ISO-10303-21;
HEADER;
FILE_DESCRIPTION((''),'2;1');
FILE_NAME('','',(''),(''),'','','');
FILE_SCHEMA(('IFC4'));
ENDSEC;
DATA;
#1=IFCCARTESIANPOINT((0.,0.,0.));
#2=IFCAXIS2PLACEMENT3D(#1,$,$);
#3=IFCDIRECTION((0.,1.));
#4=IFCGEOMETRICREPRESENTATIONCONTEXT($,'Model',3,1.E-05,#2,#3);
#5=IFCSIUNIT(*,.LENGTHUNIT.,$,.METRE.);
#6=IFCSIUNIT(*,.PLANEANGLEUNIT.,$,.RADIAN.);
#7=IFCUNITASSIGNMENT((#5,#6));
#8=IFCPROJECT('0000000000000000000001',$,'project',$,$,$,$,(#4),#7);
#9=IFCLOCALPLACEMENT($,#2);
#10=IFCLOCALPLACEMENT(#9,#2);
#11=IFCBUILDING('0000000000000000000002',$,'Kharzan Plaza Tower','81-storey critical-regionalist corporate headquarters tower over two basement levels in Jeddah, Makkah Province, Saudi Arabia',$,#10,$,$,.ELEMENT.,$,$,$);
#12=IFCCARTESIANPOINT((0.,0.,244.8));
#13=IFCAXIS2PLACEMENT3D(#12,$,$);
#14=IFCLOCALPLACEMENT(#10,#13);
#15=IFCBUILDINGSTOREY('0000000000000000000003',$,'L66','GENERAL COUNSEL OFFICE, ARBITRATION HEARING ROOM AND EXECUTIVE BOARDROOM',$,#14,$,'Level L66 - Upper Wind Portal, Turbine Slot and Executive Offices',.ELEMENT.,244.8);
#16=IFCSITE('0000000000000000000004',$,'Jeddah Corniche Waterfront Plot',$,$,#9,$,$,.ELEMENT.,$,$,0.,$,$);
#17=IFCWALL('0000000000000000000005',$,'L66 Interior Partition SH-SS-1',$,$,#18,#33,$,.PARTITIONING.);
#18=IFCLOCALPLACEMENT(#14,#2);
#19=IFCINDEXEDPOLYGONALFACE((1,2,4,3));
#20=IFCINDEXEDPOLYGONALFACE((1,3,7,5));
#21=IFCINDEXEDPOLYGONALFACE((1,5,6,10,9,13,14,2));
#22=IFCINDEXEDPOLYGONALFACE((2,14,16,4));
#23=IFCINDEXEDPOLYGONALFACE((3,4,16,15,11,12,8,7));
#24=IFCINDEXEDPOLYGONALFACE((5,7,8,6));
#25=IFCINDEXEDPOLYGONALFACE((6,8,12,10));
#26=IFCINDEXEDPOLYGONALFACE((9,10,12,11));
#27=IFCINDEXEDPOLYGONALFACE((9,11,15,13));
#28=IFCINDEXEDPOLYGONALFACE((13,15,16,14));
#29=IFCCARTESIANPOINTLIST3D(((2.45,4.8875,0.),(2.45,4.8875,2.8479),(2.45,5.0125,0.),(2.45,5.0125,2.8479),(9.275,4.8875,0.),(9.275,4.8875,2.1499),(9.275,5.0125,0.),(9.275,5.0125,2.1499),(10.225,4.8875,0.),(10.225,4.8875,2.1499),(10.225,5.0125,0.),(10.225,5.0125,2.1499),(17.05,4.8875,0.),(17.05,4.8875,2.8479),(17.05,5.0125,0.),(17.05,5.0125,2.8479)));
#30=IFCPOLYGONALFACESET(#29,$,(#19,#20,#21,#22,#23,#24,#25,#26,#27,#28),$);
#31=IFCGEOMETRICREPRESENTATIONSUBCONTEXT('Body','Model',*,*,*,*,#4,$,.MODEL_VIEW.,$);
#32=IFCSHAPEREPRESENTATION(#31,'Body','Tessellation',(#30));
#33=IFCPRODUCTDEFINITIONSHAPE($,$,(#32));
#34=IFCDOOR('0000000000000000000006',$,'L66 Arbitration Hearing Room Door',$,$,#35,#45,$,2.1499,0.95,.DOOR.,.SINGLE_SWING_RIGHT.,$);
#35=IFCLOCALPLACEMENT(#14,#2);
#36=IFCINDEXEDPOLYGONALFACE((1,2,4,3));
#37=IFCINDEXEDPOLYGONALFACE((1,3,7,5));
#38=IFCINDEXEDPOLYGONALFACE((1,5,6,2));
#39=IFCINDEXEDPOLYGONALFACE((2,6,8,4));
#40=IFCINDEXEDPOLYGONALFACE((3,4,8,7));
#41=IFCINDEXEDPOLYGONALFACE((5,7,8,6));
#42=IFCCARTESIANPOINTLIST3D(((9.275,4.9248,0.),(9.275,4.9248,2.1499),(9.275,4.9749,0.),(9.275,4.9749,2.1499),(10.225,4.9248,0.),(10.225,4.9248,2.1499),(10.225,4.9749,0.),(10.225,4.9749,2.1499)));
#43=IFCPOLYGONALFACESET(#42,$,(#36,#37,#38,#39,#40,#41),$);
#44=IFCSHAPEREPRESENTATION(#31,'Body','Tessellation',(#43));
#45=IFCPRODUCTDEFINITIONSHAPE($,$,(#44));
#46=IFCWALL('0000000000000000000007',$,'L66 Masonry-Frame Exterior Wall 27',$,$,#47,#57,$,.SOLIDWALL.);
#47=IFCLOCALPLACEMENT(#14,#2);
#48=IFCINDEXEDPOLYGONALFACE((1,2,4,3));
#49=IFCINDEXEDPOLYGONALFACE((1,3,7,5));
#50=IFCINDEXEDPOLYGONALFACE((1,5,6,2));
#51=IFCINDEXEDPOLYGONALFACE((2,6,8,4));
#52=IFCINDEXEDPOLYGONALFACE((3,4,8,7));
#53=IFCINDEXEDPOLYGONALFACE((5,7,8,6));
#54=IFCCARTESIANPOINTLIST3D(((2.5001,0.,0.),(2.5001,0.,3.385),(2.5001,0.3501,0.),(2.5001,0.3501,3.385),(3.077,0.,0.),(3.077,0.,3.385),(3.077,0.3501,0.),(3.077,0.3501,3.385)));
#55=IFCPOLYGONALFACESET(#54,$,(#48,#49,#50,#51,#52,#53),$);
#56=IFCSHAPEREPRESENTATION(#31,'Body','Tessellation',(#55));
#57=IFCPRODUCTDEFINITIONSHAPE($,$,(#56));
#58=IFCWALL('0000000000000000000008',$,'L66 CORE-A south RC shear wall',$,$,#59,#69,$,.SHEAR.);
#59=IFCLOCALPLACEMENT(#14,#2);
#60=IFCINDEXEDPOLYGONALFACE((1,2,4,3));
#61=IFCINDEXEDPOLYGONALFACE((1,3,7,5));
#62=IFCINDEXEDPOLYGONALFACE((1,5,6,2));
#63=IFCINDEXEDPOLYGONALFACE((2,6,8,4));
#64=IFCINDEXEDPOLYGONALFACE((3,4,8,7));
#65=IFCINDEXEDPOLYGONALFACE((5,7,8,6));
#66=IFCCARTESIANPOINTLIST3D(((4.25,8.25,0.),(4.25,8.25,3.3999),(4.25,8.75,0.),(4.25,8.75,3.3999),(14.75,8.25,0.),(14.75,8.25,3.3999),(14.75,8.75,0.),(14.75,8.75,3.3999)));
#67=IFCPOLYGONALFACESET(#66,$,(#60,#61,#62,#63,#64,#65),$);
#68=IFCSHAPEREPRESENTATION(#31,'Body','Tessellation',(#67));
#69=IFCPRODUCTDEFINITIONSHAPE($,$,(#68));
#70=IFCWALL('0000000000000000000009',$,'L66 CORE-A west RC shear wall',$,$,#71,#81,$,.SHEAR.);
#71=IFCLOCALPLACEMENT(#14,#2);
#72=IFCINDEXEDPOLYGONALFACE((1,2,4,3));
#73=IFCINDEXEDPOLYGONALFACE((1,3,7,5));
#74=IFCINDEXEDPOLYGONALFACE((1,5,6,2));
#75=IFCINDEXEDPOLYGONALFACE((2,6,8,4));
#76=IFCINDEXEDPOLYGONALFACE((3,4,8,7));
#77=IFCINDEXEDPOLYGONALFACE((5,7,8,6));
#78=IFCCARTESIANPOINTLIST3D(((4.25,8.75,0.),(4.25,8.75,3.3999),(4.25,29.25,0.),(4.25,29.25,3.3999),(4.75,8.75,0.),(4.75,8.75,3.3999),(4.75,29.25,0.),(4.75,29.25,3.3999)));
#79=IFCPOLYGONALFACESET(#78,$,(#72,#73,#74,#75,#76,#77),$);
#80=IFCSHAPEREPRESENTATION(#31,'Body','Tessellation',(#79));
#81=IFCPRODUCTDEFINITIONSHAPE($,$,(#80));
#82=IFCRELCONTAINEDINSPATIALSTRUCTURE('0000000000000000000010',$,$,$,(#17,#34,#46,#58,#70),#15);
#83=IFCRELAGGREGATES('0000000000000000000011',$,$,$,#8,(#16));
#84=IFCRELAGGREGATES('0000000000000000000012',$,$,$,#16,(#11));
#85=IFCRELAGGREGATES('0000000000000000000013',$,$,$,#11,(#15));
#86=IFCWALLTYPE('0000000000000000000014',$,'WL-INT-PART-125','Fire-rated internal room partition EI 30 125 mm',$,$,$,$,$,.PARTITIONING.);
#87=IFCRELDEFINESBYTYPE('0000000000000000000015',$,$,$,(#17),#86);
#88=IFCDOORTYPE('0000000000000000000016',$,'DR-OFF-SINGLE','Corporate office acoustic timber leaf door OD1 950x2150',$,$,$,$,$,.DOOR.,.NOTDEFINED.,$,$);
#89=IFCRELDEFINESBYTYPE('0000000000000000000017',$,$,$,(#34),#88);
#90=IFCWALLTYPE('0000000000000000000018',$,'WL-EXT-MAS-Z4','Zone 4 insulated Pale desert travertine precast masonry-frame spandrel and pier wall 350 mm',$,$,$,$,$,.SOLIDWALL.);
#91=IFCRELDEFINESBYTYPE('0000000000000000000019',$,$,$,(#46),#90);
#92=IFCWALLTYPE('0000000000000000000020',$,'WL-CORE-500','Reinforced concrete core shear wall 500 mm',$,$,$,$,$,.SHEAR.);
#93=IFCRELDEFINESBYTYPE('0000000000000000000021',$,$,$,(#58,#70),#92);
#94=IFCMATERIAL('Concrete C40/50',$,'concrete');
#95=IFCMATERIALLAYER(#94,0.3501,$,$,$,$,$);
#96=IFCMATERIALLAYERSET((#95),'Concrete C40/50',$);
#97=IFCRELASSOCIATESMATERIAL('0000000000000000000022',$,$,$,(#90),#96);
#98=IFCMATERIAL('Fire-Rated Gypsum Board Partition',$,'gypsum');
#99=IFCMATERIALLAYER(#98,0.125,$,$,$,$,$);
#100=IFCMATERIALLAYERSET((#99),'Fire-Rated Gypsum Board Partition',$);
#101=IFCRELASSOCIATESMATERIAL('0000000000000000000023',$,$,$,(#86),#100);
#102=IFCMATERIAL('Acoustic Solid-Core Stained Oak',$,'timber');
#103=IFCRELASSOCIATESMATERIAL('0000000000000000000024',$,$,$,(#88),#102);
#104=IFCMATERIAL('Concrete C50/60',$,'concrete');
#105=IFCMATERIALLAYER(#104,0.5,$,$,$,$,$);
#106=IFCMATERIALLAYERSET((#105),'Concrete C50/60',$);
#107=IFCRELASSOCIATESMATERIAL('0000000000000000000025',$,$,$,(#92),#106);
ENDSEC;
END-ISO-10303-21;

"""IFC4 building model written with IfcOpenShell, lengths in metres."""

from ifc_helpers import new_model, si_unit, direction, frame, frame_2d, origin, place, context, subcontext, project, spatial, rectangle, extrude, source, transform, mapped, material, layer, layer_set, type_object, element, fill, save


model = new_model("IFC4")

# Units and contexts
model_context = context("Model", 3, precision=1e-05, world=origin(), true_north=direction((0.0, 1.0)))
body_context = subcontext(model_context, "Body", "Model", "MODEL_VIEW")
ifc_project = project(units=[si_unit("LENGTHUNIT", "METRE"), si_unit("PLANEANGLEUNIT", "RADIAN")], contexts=[model_context])

# Site, building, storey
site_placement = place(None, origin())
site = spatial("IfcSite", under=ifc_project, at=site_placement, Name="Jeddah Corniche Waterfront Plot", CompositionType="ELEMENT", RefElevation=0.0)
building_placement = place(site_placement, origin())
building = spatial("IfcBuilding", under=site, at=building_placement, Name="Kharzan Plaza Tower", Description="81-storey critical-regionalist corporate headquarters tower over two basement levels in Jeddah, Makkah Province, Saudi Arabia", CompositionType="ELEMENT")
storey_placement = place(building_placement, frame((0.0, 0.0, 244.8)))
storey = spatial("IfcBuildingStorey", under=building, at=storey_placement, Name="L66", Description="GENERAL COUNSEL OFFICE, ARBITRATION HEARING ROOM AND EXECUTIVE BOARDROOM", LongName="Level L66 - Upper Wind Portal, Turbine Slot and Executive Offices", CompositionType="ELEMENT", Elevation=244.8)

# Shared definitions
ifc_material_1 = material(Name="Concrete C50/60", Category="concrete")

# Shared definitions
ifc_material_2 = material(Name="Concrete C40/50", Category="concrete")
ifc_layer_1 = layer(ifc_material_2, 0.3501)
ifc_layer_set_1 = layer_set([ifc_layer_1], Name="Concrete C40/50")
wall_type_1 = type_object("IfcWallType", Name="WL-EXT-MAS-Z4", Description="Zone 4 insulated Pale desert travertine precast masonry-frame spandrel and pier wall 350 mm", PredefinedType="SOLIDWALL", material=ifc_layer_set_1)

# Wall, opening, door
ifc_material_3 = material(Name="Fire-Rated Gypsum Board Partition", Category="gypsum")
ifc_layer_2 = layer(ifc_material_3, 0.125)
ifc_layer_set_2 = layer_set([ifc_layer_2], Name="Fire-Rated Gypsum Board Partition")
wall_type_2 = type_object("IfcWallType", Name="WL-INT-PART-125", Description="Fire-rated internal room partition EI 30 125 mm", PredefinedType="PARTITIONING", material=ifc_layer_set_2)
ifc_material_4 = material(Name="Acoustic Solid-Core Stained Oak", Category="timber")
door_type = type_object("IfcDoorType", Name="DR-OFF-SINGLE", Description="Corporate office acoustic timber leaf door OD1 950x2150", OperationType="NOTDEFINED", PredefinedType="DOOR", material=ifc_material_4)
shared_shape_1 = source(origin(), body_context, "Body", "SweptSolid", [
    extrude(rectangle(XDim=0.95, YDim=2.1499, at=frame_2d((0.4751, 1.075))), frame((0.0, 0.0249, 0.0), z_axis=(0.0, -1.0, 0.0), x_axis=(1.0, 0.0, 0.0)), (0.0, 0.0, 1.0), 0.05),
])
wall_1_placement = place(storey_placement, frame((2.45, 4.95, 0.0), z_axis=(0.0, 0.0, 1.0), x_axis=(1.0, 0.0, 0.0)))
wall_1 = element("IfcWall", 1, at=wall_1_placement, inside=storey, type_object=wall_type_2, Name="L66 Interior Partition SH-SS-1", PredefinedType="PARTITIONING", context=body_context, shape_type="SweptSolid", body=[
    extrude(rectangle(XDim=14.6001, YDim=0.125, at=frame_2d((7.3, 0.0))), origin(), (0.0, 0.0, 1.0), 2.8479),
])
opening_1_placement = place(wall_1_placement, frame((6.825, 0.0, 0.0)))
opening_1 = element("IfcOpeningElement", 2, at=opening_1_placement, cuts=wall_1, PredefinedType="OPENING", context=body_context, shape_type="SweptSolid", body=[
    extrude(rectangle(XDim=0.95, YDim=2.1499, at=frame_2d((0.4751, 1.075))), frame((0.0, 0.0725, 0.0), z_axis=(0.0, -1.0, 0.0), x_axis=(1.0, 0.0, 0.0)), (0.0, 0.0, 1.0), 0.145),
])
door_1_placement = place(opening_1_placement, origin())
door_1 = element("IfcDoor", 3, at=door_1_placement, inside=storey, type_object=door_type, Name="L66 Arbitration Hearing Room Door", OperationType="SINGLE_SWING_RIGHT", OverallHeight=2.1499, OverallWidth=0.95, PredefinedType="DOOR", context=body_context, shape_type="MappedRepresentation", body=[
    mapped(shared_shape_1, transform((0.0, 0.0, 0.0), x_axis=(1.0, 0.0, 0.0), y_axis=(0.0, 1.0, 0.0), z_axis=(0.0, 0.0, 1.0))),
])
fill(opening_1, door_1)

# Walls
shared_shape_2 = source(origin(), body_context, "Body", "SweptSolid", [
    extrude(rectangle(XDim=0.5769, YDim=0.3501, at=frame_2d((0.2886, 0.0))), origin(), (0.0, 0.0, 1.0), 3.385),
])
wall_2_placement = place(storey_placement, frame((2.5, 0.175, 0.0), z_axis=(0.0, 0.0, 1.0), x_axis=(1.0, 0.0, 0.0)))
element("IfcWall", 4, at=wall_2_placement, inside=storey, type_object=wall_type_1, Name="L66 Masonry-Frame Exterior Wall 27", PredefinedType="SOLIDWALL", context=body_context, shape_type="MappedRepresentation", body=[
    mapped(shared_shape_2, transform((0.0, 0.0, 0.0), x_axis=(1.0, 0.0, 0.0), y_axis=(0.0, 1.0, 0.0), z_axis=(0.0, 0.0, 1.0))),
])
ifc_layer_3 = layer(ifc_material_1, 0.5)
ifc_layer_set_3 = layer_set([ifc_layer_3], Name="Concrete C50/60")
wall_type_3 = type_object("IfcWallType", Name="WL-CORE-500", Description="Reinforced concrete core shear wall 500 mm", PredefinedType="SHEAR", material=ifc_layer_set_3)
shared_shape_3 = source(origin(), body_context, "Body", "SweptSolid", [
    extrude(rectangle(XDim=10.5, YDim=0.5, at=frame_2d((5.25, 0.0))), origin(), (0.0, 0.0, 1.0), 3.3999),
])
wall_3_placement = place(storey_placement, frame((4.25, 8.5, 0.0), z_axis=(0.0, 0.0, 1.0), x_axis=(1.0, 0.0, 0.0)))
element("IfcWall", 5, at=wall_3_placement, inside=storey, type_object=wall_type_3, Name="L66 CORE-A south RC shear wall", PredefinedType="SHEAR", context=body_context, shape_type="MappedRepresentation", body=[
    mapped(shared_shape_3, transform((0.0, 0.0, 0.0), x_axis=(1.0, 0.0, 0.0), y_axis=(0.0, 1.0, 0.0), z_axis=(0.0, 0.0, 1.0))),
])
shared_shape_4 = source(origin(), body_context, "Body", "SweptSolid", [
    extrude(rectangle(XDim=20.5, YDim=0.5, at=frame_2d((10.25, 0.0))), origin(), (0.0, 0.0, 1.0), 3.3999),
])
wall_4_placement = place(storey_placement, frame((4.5, 8.75, 0.0), z_axis=(0.0, 0.0, 1.0), x_axis=(0.0, 1.0, 0.0)))
element("IfcWall", 6, at=wall_4_placement, inside=storey, type_object=wall_type_3, Name="L66 CORE-A west RC shear wall", PredefinedType="SHEAR", context=body_context, shape_type="MappedRepresentation", body=[
    mapped(shared_shape_4, transform((0.0, 0.0, 0.0), x_axis=(1.0, 0.0, 0.0), y_axis=(0.0, 1.0, 0.0), z_axis=(0.0, 0.0, 1.0))),
])

save(model, "model.ifc")
